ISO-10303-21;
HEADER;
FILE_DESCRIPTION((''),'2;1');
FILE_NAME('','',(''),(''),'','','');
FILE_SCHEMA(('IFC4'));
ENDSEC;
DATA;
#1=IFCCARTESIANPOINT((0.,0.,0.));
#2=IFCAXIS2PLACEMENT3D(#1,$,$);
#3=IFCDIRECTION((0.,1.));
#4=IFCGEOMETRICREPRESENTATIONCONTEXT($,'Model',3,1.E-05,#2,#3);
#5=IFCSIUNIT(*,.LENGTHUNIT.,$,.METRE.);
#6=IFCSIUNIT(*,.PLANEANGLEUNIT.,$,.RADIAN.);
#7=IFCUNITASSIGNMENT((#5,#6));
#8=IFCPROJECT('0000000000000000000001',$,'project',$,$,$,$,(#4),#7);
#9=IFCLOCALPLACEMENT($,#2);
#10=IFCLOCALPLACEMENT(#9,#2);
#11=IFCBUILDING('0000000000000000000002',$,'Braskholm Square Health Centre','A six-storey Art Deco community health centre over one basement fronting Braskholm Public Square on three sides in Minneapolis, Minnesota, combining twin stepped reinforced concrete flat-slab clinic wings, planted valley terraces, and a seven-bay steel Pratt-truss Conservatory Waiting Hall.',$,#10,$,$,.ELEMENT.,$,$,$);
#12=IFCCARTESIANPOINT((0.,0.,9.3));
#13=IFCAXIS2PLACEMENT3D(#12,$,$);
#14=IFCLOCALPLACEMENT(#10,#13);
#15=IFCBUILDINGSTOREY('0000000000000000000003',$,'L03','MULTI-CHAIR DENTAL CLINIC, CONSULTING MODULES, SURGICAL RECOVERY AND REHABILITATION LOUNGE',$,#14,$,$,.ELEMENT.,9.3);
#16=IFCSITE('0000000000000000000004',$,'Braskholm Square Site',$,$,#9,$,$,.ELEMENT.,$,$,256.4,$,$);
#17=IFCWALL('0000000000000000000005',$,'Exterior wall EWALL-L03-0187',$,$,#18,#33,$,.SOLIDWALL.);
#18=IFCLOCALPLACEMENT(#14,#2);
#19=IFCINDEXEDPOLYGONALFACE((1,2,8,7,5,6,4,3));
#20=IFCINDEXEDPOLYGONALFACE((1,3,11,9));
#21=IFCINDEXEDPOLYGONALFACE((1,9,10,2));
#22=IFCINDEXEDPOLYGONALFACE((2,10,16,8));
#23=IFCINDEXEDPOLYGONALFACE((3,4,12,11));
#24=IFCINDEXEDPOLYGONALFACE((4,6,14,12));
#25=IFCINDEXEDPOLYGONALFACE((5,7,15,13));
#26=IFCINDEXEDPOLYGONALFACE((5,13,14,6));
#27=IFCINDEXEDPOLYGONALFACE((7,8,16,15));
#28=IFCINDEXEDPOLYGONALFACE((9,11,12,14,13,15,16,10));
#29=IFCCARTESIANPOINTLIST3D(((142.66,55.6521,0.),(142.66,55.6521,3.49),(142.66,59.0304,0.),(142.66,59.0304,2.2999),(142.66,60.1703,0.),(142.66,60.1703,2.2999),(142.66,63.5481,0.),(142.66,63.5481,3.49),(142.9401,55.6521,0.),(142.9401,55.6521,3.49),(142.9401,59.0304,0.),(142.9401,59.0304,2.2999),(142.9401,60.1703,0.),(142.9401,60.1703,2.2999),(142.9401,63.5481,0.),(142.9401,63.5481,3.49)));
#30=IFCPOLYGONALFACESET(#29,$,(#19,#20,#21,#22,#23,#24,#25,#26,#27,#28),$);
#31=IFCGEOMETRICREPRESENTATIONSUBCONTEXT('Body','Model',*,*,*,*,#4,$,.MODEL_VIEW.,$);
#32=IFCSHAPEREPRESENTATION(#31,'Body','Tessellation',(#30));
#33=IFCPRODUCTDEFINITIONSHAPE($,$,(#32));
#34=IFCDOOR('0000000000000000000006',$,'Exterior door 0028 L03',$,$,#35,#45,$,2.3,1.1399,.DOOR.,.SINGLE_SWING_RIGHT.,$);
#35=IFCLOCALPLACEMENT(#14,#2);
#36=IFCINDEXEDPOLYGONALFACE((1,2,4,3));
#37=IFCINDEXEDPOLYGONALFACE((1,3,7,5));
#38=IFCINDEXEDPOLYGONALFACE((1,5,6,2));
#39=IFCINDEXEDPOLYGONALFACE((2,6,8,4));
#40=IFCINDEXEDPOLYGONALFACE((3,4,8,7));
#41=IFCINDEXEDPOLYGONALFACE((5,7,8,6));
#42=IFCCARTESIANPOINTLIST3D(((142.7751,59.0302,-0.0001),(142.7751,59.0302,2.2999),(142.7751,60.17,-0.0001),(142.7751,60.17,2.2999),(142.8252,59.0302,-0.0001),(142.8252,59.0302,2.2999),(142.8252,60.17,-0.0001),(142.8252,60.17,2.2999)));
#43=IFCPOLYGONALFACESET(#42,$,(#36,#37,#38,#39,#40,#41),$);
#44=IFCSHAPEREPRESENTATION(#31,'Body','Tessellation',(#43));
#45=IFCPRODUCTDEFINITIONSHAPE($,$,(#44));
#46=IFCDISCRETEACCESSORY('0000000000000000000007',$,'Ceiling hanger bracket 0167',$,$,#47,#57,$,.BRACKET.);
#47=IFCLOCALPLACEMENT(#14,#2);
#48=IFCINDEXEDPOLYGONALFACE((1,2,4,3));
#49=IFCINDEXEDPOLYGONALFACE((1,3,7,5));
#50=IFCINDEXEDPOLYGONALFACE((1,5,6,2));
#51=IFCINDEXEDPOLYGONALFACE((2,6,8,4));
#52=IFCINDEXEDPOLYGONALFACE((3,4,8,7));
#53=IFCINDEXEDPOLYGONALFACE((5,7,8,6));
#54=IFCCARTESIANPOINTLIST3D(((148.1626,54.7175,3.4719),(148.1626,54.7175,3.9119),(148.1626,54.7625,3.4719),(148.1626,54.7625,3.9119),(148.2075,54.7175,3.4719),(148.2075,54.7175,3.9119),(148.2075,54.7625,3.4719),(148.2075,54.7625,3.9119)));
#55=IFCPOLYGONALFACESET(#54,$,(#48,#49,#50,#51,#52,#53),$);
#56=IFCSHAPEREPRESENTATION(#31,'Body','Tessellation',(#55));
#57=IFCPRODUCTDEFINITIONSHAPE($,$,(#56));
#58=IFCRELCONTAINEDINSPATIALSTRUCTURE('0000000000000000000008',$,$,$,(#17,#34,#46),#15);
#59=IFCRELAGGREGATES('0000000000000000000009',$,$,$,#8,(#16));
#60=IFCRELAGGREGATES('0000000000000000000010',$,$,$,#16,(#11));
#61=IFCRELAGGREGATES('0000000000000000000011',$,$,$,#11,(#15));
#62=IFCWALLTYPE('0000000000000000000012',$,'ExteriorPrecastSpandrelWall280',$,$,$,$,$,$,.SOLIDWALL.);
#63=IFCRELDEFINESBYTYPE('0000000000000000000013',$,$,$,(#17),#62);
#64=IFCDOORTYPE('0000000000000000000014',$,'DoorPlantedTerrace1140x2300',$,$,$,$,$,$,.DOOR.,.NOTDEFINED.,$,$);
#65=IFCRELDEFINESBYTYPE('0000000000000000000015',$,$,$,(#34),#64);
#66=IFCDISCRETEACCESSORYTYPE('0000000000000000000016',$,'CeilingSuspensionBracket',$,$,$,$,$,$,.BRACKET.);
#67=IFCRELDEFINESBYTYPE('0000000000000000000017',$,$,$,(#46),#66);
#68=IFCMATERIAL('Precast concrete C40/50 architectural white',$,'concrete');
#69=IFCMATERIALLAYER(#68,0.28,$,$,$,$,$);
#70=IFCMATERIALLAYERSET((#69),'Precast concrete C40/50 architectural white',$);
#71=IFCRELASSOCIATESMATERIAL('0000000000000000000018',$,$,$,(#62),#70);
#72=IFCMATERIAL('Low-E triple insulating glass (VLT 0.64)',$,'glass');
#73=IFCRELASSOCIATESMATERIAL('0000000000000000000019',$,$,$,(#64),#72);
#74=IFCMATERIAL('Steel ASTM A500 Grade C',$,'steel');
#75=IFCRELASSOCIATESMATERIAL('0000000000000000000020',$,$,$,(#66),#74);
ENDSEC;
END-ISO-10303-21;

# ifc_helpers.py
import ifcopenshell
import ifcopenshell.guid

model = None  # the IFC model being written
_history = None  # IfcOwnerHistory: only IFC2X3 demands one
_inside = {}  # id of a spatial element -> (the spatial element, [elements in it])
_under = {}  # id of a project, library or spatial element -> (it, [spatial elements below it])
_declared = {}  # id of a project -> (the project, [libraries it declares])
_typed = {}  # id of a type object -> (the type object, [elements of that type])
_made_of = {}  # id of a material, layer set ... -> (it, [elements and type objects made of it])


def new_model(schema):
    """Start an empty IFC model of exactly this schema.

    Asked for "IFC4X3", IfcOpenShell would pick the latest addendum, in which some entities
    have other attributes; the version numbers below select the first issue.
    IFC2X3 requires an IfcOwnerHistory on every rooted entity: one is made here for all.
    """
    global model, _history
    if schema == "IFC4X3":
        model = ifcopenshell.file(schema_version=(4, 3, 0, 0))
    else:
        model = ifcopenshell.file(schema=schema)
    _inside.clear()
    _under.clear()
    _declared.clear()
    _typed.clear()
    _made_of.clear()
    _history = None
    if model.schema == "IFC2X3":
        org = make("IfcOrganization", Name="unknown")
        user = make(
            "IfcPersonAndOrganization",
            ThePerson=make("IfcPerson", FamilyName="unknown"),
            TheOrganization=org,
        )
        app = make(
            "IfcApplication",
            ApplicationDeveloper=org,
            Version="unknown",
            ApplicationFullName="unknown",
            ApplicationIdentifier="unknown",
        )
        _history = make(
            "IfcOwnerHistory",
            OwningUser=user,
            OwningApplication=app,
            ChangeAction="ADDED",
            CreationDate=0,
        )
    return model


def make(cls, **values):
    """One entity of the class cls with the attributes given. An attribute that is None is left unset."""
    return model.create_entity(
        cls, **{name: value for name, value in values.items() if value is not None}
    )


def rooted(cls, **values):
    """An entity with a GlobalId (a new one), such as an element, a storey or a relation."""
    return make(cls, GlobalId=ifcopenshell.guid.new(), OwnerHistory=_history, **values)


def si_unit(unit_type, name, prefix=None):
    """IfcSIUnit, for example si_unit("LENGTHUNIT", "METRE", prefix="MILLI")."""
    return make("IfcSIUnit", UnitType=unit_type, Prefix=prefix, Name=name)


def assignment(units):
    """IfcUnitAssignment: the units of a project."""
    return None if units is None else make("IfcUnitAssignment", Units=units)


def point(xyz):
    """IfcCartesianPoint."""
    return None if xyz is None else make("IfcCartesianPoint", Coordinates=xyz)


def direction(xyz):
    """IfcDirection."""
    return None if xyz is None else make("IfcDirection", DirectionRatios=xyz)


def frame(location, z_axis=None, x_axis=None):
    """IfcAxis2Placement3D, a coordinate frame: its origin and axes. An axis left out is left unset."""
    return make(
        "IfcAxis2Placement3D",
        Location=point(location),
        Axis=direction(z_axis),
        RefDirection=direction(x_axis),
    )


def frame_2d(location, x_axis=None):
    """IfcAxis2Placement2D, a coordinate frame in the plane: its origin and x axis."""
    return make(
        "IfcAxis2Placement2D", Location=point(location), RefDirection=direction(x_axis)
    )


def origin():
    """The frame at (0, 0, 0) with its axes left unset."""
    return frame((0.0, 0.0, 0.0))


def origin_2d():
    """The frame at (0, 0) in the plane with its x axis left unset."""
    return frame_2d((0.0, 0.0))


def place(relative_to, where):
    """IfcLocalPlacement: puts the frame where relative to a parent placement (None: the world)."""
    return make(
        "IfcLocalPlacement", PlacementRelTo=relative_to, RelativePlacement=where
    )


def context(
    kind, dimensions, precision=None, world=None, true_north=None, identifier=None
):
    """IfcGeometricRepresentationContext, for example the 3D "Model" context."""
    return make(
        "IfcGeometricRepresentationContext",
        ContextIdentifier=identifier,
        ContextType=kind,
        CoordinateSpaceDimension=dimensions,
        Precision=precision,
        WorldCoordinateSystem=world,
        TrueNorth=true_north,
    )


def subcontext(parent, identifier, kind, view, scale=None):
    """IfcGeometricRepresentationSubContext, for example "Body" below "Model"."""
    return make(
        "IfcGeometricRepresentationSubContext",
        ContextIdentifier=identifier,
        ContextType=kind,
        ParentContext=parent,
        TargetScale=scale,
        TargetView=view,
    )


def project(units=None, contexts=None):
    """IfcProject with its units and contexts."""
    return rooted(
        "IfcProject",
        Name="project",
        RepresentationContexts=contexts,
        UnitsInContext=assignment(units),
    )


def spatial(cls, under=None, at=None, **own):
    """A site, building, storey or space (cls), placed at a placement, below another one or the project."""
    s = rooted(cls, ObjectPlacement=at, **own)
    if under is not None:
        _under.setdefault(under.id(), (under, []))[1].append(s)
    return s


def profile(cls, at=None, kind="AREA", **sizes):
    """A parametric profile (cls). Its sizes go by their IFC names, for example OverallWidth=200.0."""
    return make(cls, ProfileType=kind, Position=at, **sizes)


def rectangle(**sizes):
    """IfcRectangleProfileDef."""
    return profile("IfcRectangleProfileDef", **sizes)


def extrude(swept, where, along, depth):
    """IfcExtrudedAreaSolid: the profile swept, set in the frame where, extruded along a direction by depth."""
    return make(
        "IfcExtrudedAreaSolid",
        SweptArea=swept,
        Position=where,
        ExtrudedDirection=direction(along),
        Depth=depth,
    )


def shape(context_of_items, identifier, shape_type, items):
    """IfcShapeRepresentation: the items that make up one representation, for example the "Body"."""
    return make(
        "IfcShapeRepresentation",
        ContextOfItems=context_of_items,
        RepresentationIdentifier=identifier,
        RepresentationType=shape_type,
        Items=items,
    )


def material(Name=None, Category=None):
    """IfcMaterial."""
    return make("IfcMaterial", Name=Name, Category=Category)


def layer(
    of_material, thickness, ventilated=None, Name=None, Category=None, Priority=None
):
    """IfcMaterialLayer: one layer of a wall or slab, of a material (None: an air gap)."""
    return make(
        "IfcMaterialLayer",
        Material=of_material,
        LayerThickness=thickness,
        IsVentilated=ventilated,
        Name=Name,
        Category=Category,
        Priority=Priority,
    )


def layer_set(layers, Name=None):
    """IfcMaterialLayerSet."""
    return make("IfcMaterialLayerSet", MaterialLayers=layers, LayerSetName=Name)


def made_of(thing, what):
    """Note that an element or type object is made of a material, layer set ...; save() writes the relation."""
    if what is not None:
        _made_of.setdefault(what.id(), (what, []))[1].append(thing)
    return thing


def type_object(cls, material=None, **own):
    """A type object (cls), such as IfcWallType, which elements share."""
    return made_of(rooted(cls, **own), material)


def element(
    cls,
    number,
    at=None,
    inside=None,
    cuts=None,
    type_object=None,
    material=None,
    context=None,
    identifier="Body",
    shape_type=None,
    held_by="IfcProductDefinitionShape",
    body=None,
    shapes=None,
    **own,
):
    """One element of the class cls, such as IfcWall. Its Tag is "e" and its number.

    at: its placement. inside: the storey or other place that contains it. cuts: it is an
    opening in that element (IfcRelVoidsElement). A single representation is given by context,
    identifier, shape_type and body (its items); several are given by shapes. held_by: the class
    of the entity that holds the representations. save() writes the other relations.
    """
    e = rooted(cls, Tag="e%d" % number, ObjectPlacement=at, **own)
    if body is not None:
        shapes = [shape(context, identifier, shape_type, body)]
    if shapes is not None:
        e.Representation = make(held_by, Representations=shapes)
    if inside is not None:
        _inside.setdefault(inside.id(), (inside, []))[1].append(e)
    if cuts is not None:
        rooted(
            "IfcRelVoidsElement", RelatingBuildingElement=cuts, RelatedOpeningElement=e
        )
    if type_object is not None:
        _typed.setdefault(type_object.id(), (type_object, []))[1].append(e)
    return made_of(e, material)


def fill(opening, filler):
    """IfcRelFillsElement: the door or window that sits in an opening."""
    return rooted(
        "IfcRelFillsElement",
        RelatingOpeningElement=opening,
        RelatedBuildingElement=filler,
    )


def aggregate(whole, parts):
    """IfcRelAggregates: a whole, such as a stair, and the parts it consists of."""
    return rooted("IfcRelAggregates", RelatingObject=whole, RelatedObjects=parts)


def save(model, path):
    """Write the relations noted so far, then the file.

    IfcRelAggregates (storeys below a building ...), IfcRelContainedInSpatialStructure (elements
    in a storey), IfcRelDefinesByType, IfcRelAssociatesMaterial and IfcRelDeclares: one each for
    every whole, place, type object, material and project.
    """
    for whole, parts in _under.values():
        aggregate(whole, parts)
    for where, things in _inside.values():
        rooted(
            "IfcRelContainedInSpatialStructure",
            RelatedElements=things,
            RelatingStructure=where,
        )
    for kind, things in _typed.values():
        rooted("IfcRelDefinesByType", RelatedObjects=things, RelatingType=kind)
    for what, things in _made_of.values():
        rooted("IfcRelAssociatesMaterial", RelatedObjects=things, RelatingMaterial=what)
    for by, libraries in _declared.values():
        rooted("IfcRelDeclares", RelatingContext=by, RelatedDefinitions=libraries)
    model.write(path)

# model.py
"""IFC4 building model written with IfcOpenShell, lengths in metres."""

from ifc_helpers import new_model, si_unit, direction, frame, frame_2d, origin, origin_2d, place, context, subcontext, project, spatial, rectangle, extrude, material, layer, layer_set, type_object, element, fill, save


model = new_model("IFC4")

# Units and contexts
model_context = context("Model", 3, precision=1e-05, world=origin(), true_north=direction((0.0, 1.0)))
body_context = subcontext(model_context, "Body", "Model", "MODEL_VIEW")
ifc_project = project(units=[si_unit("LENGTHUNIT", "METRE"), si_unit("PLANEANGLEUNIT", "RADIAN")], contexts=[model_context])

# Site, building, storey
site_placement = place(None, origin())
site = spatial("IfcSite", under=ifc_project, at=site_placement, Name="Braskholm Square Site", CompositionType="ELEMENT", RefElevation=256.4)
building_placement = place(site_placement, origin())
building = spatial("IfcBuilding", under=site, at=building_placement, Name="Braskholm Square Health Centre", Description="A six-storey Art Deco community health centre over one basement fronting Braskholm Public Square on three sides in Minneapolis, Minnesota, combining twin stepped reinforced concrete flat-slab clinic wings, planted valley terraces, and a seven-bay steel Pratt-truss Conservatory Waiting Hall.", CompositionType="ELEMENT")
storey_placement = place(building_placement, frame((0.0, 0.0, 9.3)))
storey = spatial("IfcBuildingStorey", under=building, at=storey_placement, Name="L03", Description="MULTI-CHAIR DENTAL CLINIC, CONSULTING MODULES, SURGICAL RECOVERY AND REHABILITATION LOUNGE", CompositionType="ELEMENT", Elevation=9.3)

# Shared definitions
ifc_material_1 = material(Name="Low-E triple insulating glass (VLT 0.64)", Category="glass")

# Shared definitions
ifc_material_2 = material(Name="Precast concrete C40/50 architectural white", Category="concrete")

# Wall, opening, door
ifc_layer_1 = layer(ifc_material_2, 0.28)
ifc_layer_set_1 = layer_set([ifc_layer_1], Name="Precast concrete C40/50 architectural white")
wall_type_1 = type_object("IfcWallType", Name="ExteriorPrecastSpandrelWall280", PredefinedType="SOLIDWALL", material=ifc_layer_set_1)
wall_1_placement = place(storey_placement, frame((142.8, 63.5481, 0.0), z_axis=(0.0, 0.0, 1.0), x_axis=(0.0, -1.0, 0.0)))
wall_1 = element("IfcWall", 1, at=wall_1_placement, inside=storey, type_object=wall_type_1, Name="Exterior wall EWALL-L03-0187", PredefinedType="SOLIDWALL", context=body_context, shape_type="SweptSolid", body=[
    extrude(rectangle(XDim=7.896, YDim=0.28, at=frame_2d((3.948, 0.0))), origin(), (0.0, 0.0, 1.0), 3.49),
])
opening_placement = place(wall_1_placement, frame((3.3779, 0.0, 0.0)))
opening = element("IfcOpeningElement", 2, at=opening_placement, cuts=wall_1, PredefinedType="OPENING", context=body_context, shape_type="SweptSolid", body=[
    extrude(rectangle(XDim=1.1399, YDim=2.3, at=frame_2d((0.5698, 1.1499))), frame((0.0, 0.1499, 0.0), z_axis=(0.0, -1.0, 0.0), x_axis=(1.0, 0.0, 0.0)), (0.0, 0.0, 1.0), 0.3),
])
door_type = type_object("IfcDoorType", Name="DoorPlantedTerrace1140x2300", OperationType="NOTDEFINED", PredefinedType="DOOR", material=ifc_material_1)
door_placement = place(opening_placement, frame((1.1399, 0.0, 0.0), z_axis=(0.0, 0.0, 1.0), x_axis=(-1.0, 0.0, 0.0)))
door = element("IfcDoor", 3, at=door_placement, inside=storey, type_object=door_type, Name="Exterior door 0028 L03", OperationType="SINGLE_SWING_RIGHT", OverallHeight=2.3, OverallWidth=1.1399, PredefinedType="DOOR", context=body_context, shape_type="SweptSolid", body=[
    extrude(rectangle(XDim=1.1399, YDim=2.3, at=frame_2d((0.5698, 1.1499))), frame((0.0, 0.0249, 0.0), z_axis=(0.0, -1.0, 0.0), x_axis=(1.0, 0.0, 0.0)), (0.0, 0.0, 1.0), 0.05),
])
fill(opening, door)

# Discrete accessory
ifc_material_3 = material(Name="Steel ASTM A500 Grade C", Category="steel")
discrete_accessory_type = type_object("IfcDiscreteAccessoryType", Name="CeilingSuspensionBracket", PredefinedType="BRACKET", material=ifc_material_3)
discrete_accessory_placement = place(storey_placement, frame((148.1851, 54.74, 3.4719), z_axis=(0.0, 0.0, 1.0), x_axis=(1.0, 0.0, 0.0)))
element("IfcDiscreteAccessory", 4, at=discrete_accessory_placement, inside=storey, type_object=discrete_accessory_type, Name="Ceiling hanger bracket 0167", PredefinedType="BRACKET", context=body_context, shape_type="SweptSolid", body=[
    extrude(rectangle(XDim=0.0449, YDim=0.0449, at=origin_2d()), origin(), (0.0, 0.0, 1.0), 0.4399),
])

save(model, "model.ifc")
